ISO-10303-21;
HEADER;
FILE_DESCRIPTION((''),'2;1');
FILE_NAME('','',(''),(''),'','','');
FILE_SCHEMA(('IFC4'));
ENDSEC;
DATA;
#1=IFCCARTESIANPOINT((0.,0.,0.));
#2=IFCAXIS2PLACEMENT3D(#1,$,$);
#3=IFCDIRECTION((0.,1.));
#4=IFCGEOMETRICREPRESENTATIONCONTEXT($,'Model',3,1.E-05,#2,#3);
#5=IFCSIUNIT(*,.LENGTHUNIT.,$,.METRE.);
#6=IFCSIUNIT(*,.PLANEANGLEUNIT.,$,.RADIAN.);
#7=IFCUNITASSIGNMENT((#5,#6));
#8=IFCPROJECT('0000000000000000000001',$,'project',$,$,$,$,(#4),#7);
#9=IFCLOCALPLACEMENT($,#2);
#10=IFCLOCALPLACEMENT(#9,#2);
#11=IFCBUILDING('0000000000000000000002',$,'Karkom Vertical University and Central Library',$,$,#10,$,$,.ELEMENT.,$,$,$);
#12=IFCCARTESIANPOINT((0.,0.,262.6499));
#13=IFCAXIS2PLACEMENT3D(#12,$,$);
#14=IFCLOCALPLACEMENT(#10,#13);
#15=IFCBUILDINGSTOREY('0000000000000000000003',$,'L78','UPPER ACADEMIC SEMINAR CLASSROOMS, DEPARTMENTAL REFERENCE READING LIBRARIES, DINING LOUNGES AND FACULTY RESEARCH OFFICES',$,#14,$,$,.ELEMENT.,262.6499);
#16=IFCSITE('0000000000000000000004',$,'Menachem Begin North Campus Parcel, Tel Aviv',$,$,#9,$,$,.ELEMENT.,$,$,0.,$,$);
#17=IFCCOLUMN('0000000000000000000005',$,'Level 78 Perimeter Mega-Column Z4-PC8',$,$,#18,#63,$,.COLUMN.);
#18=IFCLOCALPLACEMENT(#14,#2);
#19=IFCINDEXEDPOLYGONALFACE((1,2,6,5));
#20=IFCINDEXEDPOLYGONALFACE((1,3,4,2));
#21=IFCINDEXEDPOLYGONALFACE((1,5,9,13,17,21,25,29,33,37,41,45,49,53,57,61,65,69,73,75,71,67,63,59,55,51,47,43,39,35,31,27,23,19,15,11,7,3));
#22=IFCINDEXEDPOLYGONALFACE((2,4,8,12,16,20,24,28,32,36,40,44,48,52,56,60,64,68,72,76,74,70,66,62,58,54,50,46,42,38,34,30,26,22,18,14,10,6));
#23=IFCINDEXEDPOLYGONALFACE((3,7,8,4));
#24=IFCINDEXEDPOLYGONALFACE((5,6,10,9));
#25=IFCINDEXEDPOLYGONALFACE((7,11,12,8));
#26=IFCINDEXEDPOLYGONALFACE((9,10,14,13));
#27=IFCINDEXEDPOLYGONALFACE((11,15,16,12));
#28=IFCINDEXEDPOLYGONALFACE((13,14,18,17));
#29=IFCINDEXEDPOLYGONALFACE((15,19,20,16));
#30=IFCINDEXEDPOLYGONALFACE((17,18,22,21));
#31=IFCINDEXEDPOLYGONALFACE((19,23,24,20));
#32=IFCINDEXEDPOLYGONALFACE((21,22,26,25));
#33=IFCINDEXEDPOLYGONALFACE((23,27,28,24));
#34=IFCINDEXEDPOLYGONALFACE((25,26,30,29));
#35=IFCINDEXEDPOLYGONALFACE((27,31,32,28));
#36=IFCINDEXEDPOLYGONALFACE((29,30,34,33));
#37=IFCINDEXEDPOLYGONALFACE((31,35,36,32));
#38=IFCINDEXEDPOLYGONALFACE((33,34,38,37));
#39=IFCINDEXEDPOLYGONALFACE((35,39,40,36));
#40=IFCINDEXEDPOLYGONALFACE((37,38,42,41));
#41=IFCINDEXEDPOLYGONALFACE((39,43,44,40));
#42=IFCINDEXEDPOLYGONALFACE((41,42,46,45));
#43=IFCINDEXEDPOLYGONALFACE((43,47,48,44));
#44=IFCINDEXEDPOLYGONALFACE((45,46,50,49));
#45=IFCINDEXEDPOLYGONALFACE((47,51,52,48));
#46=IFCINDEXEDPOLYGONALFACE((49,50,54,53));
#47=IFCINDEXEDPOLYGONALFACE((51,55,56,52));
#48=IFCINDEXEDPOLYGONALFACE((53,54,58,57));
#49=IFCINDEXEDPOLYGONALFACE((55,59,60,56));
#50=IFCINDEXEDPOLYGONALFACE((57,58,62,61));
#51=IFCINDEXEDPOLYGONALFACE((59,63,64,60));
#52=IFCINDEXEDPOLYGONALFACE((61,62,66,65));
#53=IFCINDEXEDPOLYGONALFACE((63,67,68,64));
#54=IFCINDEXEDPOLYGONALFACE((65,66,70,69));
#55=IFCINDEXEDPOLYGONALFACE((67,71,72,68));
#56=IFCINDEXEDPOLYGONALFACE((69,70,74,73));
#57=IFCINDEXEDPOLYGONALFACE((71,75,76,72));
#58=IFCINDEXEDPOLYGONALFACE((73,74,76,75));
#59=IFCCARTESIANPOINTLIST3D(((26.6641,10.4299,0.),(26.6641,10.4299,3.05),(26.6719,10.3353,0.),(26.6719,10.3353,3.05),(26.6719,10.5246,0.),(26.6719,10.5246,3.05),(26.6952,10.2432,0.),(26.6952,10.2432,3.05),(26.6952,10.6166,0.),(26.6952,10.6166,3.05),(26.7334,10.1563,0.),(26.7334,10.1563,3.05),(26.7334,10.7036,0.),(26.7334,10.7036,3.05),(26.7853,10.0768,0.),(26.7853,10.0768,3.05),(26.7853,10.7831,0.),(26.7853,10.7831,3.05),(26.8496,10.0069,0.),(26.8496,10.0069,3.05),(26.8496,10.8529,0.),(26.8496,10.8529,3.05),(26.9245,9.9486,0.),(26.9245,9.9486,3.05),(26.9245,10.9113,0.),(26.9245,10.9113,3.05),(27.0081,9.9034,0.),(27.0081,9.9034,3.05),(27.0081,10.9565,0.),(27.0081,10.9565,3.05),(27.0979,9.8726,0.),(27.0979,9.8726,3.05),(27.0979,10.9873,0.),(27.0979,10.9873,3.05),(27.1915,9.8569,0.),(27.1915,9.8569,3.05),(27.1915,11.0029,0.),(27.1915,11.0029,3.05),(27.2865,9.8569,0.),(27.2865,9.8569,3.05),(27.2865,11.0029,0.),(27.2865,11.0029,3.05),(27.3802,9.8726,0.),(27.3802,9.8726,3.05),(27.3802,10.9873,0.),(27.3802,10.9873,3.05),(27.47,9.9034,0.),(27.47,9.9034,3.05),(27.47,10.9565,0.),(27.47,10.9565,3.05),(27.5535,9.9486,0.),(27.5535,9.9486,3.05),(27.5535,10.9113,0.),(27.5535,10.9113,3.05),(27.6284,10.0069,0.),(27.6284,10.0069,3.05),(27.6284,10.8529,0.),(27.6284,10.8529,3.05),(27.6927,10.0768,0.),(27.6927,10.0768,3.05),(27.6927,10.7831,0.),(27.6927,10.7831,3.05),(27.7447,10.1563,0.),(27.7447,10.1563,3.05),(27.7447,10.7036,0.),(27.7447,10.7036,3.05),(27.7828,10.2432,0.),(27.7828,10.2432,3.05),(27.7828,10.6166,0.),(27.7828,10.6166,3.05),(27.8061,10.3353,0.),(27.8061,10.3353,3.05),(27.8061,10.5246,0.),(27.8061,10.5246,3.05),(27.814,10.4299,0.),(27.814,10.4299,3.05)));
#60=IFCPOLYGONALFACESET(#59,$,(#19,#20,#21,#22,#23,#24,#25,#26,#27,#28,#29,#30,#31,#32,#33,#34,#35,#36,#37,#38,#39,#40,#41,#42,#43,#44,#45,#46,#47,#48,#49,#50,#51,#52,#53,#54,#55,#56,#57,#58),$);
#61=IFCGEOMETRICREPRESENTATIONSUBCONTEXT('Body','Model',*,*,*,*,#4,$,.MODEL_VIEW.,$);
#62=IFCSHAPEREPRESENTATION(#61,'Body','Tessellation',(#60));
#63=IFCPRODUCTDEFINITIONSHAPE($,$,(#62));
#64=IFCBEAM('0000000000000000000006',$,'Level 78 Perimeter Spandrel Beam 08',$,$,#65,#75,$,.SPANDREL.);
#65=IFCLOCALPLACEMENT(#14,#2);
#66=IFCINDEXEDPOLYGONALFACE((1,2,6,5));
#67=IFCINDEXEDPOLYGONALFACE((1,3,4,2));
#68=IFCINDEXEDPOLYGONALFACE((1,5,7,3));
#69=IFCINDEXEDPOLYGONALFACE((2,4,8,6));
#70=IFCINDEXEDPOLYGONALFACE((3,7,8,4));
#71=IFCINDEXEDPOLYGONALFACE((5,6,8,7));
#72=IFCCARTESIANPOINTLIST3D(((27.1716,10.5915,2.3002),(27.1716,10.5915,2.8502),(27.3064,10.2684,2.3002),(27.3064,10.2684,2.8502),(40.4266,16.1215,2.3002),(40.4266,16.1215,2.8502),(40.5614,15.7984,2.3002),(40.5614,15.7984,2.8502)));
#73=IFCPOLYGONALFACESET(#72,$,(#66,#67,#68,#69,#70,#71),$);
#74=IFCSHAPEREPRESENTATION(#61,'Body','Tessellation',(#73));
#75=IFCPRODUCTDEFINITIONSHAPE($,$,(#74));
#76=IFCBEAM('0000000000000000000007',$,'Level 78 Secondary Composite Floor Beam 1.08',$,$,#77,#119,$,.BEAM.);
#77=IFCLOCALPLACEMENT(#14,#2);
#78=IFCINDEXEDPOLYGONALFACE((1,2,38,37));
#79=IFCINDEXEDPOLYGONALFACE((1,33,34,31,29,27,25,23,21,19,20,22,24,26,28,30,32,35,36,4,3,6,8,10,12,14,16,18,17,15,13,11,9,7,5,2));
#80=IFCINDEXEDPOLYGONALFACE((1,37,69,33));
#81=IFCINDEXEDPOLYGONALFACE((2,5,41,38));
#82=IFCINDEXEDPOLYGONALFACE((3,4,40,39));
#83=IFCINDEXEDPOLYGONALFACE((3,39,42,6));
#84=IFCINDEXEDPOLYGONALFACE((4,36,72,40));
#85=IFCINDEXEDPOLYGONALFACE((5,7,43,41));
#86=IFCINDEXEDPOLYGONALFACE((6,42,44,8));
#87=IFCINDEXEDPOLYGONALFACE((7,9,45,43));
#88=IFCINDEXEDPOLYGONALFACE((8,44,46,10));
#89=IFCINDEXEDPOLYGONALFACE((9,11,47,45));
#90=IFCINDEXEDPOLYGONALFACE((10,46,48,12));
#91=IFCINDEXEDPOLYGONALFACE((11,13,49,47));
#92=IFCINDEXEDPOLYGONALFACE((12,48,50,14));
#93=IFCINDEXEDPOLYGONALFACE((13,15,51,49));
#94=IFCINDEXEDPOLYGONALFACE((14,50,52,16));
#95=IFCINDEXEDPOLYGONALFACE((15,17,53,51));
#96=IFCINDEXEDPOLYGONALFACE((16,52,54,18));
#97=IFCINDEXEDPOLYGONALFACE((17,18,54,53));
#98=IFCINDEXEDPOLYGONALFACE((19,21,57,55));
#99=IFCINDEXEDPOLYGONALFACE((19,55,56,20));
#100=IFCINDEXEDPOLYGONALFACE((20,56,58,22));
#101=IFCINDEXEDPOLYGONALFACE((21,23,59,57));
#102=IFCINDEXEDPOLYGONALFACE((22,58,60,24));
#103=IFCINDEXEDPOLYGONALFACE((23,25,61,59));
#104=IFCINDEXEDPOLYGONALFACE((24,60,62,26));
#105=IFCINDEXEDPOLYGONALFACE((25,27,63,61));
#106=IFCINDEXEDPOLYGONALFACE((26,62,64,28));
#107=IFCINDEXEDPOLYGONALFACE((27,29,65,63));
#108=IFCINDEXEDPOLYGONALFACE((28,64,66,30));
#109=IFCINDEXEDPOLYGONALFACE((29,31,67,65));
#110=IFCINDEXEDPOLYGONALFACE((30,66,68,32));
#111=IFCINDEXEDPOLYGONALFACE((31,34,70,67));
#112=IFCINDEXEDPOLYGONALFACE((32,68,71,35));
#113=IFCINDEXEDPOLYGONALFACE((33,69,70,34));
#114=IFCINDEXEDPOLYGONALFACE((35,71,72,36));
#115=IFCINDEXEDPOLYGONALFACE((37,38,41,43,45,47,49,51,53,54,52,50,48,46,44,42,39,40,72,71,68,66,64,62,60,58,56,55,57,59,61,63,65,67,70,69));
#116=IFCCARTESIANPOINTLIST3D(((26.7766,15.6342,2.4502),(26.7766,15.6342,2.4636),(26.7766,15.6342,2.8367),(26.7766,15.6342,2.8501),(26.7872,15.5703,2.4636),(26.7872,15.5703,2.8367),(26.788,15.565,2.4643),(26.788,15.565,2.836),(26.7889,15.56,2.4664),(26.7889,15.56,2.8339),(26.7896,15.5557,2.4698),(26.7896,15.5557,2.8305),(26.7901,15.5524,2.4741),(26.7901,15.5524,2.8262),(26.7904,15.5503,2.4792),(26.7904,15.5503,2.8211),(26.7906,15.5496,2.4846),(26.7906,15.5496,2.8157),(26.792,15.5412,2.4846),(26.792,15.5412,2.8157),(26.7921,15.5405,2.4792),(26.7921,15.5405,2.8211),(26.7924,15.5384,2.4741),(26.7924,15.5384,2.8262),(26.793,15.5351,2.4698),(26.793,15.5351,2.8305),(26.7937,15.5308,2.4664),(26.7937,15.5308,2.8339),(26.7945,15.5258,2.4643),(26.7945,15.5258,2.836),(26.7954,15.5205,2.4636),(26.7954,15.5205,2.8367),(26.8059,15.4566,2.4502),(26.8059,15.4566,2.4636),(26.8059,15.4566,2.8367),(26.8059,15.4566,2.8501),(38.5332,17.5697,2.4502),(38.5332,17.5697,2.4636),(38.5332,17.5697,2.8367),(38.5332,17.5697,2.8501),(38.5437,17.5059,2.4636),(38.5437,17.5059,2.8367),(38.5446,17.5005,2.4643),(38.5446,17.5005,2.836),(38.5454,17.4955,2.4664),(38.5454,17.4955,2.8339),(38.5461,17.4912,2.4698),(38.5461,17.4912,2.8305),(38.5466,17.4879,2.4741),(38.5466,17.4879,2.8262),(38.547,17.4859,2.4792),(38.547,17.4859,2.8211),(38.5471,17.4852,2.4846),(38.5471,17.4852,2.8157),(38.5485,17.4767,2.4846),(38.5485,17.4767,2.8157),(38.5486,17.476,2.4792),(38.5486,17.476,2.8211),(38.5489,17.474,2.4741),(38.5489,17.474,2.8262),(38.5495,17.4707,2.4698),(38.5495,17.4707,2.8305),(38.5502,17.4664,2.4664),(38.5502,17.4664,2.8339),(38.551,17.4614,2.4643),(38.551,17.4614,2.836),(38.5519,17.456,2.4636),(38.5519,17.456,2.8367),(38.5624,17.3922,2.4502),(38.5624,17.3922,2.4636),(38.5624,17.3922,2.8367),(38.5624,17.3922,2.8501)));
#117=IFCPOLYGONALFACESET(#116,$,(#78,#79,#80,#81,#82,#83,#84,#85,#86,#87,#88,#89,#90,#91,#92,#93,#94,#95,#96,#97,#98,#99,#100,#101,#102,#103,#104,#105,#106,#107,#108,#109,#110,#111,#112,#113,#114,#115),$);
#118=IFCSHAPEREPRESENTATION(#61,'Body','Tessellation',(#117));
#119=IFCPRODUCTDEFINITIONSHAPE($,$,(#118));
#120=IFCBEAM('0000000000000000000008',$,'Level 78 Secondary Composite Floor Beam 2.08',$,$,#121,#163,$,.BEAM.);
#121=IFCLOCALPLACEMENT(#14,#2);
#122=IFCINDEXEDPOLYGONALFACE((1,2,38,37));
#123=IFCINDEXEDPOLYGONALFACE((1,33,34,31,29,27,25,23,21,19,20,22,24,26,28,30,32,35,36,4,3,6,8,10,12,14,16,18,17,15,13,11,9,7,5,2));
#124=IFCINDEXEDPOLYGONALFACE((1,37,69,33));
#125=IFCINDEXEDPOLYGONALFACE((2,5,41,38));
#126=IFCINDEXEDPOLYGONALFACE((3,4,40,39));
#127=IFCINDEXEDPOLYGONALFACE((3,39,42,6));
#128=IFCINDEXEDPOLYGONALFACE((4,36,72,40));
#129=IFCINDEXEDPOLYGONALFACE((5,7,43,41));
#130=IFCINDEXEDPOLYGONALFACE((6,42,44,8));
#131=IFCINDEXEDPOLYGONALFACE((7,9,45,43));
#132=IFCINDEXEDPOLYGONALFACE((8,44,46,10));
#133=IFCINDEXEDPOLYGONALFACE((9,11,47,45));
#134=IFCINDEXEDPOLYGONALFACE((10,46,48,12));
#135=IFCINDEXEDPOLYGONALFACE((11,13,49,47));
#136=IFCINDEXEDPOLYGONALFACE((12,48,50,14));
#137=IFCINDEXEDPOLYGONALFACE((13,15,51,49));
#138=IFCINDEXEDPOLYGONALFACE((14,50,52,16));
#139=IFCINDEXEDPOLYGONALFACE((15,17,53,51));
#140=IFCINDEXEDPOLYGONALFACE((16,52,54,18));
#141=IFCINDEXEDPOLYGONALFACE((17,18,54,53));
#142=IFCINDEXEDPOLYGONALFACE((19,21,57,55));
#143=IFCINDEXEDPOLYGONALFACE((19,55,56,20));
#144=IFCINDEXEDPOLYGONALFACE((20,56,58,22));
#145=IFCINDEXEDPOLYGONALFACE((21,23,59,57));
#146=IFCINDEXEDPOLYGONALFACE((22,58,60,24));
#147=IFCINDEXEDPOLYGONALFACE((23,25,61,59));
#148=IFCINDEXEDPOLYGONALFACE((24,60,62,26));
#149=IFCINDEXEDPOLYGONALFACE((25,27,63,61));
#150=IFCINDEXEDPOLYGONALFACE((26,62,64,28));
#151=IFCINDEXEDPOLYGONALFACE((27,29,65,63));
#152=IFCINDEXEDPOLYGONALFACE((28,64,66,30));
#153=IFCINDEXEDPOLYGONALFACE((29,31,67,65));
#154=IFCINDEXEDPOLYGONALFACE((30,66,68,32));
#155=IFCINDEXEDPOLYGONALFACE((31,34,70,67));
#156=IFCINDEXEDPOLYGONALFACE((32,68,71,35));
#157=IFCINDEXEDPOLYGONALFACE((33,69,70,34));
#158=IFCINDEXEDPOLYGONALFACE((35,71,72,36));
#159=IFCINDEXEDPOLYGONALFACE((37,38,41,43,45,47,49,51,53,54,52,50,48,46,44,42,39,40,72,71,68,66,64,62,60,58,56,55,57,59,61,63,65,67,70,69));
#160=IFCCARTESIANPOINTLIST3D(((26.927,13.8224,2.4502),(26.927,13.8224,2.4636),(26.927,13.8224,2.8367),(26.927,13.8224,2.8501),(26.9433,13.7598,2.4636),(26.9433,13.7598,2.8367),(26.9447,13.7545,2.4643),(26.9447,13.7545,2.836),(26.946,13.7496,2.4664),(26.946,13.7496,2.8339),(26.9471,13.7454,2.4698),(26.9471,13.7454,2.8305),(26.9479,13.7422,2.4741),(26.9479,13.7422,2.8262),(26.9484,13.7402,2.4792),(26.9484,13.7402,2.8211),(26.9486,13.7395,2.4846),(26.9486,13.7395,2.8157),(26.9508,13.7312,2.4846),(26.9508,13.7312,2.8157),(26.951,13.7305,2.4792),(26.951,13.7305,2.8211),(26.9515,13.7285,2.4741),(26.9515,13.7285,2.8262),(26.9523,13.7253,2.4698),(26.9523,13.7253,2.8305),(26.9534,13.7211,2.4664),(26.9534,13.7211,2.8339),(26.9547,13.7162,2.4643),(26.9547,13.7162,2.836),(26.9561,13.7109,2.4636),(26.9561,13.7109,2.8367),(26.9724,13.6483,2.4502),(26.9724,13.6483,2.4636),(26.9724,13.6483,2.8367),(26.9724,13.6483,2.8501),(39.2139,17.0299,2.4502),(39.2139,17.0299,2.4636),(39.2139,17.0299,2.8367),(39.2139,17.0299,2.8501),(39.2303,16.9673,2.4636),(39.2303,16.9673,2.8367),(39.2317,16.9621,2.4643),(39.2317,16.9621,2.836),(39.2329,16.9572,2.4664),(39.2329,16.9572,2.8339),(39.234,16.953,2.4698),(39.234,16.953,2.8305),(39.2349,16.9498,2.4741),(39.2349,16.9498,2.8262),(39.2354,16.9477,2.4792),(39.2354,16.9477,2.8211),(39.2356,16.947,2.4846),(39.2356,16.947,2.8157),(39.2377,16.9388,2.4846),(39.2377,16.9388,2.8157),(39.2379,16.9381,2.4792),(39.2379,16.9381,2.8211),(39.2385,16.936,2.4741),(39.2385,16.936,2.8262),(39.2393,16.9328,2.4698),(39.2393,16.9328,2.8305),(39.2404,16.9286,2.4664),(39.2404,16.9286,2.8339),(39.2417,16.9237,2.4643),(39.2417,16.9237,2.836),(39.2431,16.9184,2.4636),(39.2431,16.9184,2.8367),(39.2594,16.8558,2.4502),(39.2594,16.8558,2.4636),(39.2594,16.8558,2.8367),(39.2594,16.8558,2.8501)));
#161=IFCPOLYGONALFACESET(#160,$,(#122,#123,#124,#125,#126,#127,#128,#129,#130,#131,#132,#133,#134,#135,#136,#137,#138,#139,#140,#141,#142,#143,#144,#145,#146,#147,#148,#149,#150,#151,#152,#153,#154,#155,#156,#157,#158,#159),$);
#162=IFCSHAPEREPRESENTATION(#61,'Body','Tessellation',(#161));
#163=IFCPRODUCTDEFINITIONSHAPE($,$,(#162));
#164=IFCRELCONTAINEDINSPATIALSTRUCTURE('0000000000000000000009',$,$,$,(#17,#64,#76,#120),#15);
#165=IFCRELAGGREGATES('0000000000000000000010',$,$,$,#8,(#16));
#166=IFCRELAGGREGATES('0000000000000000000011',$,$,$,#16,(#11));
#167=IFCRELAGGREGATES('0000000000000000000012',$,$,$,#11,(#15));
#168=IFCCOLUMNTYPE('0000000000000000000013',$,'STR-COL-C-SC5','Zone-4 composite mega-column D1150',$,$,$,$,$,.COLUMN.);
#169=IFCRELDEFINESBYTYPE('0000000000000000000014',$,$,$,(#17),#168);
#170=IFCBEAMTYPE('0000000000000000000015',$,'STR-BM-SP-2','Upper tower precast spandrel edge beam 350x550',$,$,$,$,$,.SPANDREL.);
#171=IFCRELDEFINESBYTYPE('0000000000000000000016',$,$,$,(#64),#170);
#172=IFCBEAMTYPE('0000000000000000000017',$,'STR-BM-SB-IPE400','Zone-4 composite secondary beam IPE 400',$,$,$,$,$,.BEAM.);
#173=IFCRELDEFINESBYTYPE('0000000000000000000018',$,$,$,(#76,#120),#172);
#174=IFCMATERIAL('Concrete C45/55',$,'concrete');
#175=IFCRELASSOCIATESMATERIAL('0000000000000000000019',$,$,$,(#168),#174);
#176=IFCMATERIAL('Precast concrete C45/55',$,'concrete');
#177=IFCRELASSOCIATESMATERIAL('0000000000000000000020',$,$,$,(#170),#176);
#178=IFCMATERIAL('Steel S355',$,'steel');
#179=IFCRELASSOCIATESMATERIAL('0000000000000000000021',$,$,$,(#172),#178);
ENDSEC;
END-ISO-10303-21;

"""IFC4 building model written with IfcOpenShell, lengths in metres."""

from ifc_helpers import new_model, si_unit, direction, frame, origin, origin_with_axes, origin_2d, place, context, subcontext, project, spatial, rectangle, circle, i_section, extrude, source, transform, mapped, material, material_profile, profile_set, type_object, element, save


model = new_model("IFC4")

# Units and contexts
model_context = context("Model", 3, precision=1e-05, world=origin(), true_north=direction((0.0, 1.0)))
body_context = subcontext(model_context, "Body", "Model", "MODEL_VIEW")
ifc_project = project(units=[si_unit("LENGTHUNIT", "METRE"), si_unit("PLANEANGLEUNIT", "RADIAN")], contexts=[model_context])

# Site, building, storey
site_placement = place(None, origin())
site = spatial("IfcSite", under=ifc_project, at=site_placement, Name="Menachem Begin North Campus Parcel, Tel Aviv", CompositionType="ELEMENT", RefElevation=0.0)
building_placement = place(site_placement, origin())
building = spatial("IfcBuilding", under=site, at=building_placement, Name="Karkom Vertical University and Central Library", CompositionType="ELEMENT")
storey_placement = place(building_placement, frame((0.0, 0.0, 262.6499)))
storey = spatial("IfcBuildingStorey", under=building, at=storey_placement, Name="L78", Description="UPPER ACADEMIC SEMINAR CLASSROOMS, DEPARTMENTAL REFERENCE READING LIBRARIES, DINING LOUNGES AND FACULTY RESEARCH OFFICES", CompositionType="ELEMENT", Elevation=262.6499)

# Column
ifc_material_1 = material(Name="Concrete C45/55", Category="concrete")
ifc_material_profile_1 = material_profile(ifc_material_1, circle(Radius=0.575, at=origin_2d()), Name="CFT-D1150")
ifc_profile_set_1 = profile_set([ifc_material_profile_1], Name="Concrete C45/55")
column_type = type_object("IfcColumnType", Name="STR-COL-C-SC5", Description="Zone-4 composite mega-column D1150", PredefinedType="COLUMN", material=ifc_profile_set_1)
shared_shape_1 = source(origin_with_axes(), body_context, "Body", "SweptSolid", [
    extrude(circle(Radius=0.575, at=origin_2d()), origin(), (0.0, 0.0, 1.0), 3.05),
])
column_placement = place(storey_placement, frame((27.239, 10.4299, 0.0), z_axis=(0.0, 0.0, 1.0), x_axis=(1.0, 0.0, 0.0)))
element("IfcColumn", 1, at=column_placement, inside=storey, type_object=column_type, Name="Level 78 Perimeter Mega-Column Z4-PC8", PredefinedType="COLUMN", context=body_context, shape_type="MappedRepresentation", body=[
    mapped(shared_shape_1, transform((0.0, 0.0, 0.0), scale=1.0)),
])

# Beams
ifc_material_2 = material(Name="Precast concrete C45/55", Category="concrete")
ifc_material_profile_2 = material_profile(ifc_material_2, rectangle(XDim=0.3501, YDim=0.55, at=origin_2d()), Name="SPB-350x550")
ifc_profile_set_2 = profile_set([ifc_material_profile_2], Name="Precast concrete C45/55")
beam_type_1 = type_object("IfcBeamType", Name="STR-BM-SP-2", Description="Upper tower precast spandrel edge beam 350x550", PredefinedType="SPANDREL", material=ifc_profile_set_2)
shared_shape_2 = source(origin_with_axes(), body_context, "Body", "SweptSolid", [
    extrude(rectangle(XDim=0.3501, YDim=0.55, at=origin_2d()), origin(), (0.0, 0.0, 1.0), 14.3623),
])
beam_1_placement = place(storey_placement, frame((27.239, 10.4299, 2.5752), z_axis=(0.9229, 0.38504, 0.0), x_axis=(-0.38504, 0.9229, 0.0)))
element("IfcBeam", 2, at=beam_1_placement, inside=storey, type_object=beam_type_1, Name="Level 78 Perimeter Spandrel Beam 08", PredefinedType="SPANDREL", context=body_context, shape_type="MappedRepresentation", body=[
    mapped(shared_shape_2, transform((0.0, 0.0, 0.0), scale=1.0)),
])
ifc_material_3 = material(Name="Steel S355", Category="steel")
ifc_material_profile_3 = material_profile(ifc_material_3, i_section(OverallWidth=0.1799, OverallDepth=0.3999, WebThickness=0.0085, FlangeThickness=0.0134, FilletRadius=0.021, at=origin_2d()), Name="IPE 400")
ifc_profile_set_3 = profile_set([ifc_material_profile_3], Name="Steel S355")
beam_type_2 = type_object("IfcBeamType", Name="STR-BM-SB-IPE400", Description="Zone-4 composite secondary beam IPE 400", PredefinedType="BEAM", material=ifc_profile_set_3)
shared_shape_3 = source(origin_with_axes(), body_context, "Body", "SweptSolid", [
    extrude(i_section(OverallWidth=0.1799, OverallDepth=0.3999, WebThickness=0.0085, FlangeThickness=0.0134, FilletRadius=0.021, at=origin_2d()), origin(), (0.0, 0.0, 1.0), 11.9148),
])
beam_2_placement = place(storey_placement, frame((26.7913, 15.5454, 2.6501), z_axis=(0.986717, 0.162448, 0.0), x_axis=(-0.162448, 0.986717, 0.0)))
element("IfcBeam", 3, at=beam_2_placement, inside=storey, type_object=beam_type_2, Name="Level 78 Secondary Composite Floor Beam 1.08", PredefinedType="BEAM", context=body_context, shape_type="MappedRepresentation", body=[
    mapped(shared_shape_3, transform((0.0, 0.0, 0.0), scale=1.0)),
])
shared_shape_4 = source(origin_with_axes(), body_context, "Body", "SweptSolid", [
    extrude(i_section(OverallWidth=0.1799, OverallDepth=0.3999, WebThickness=0.0085, FlangeThickness=0.0134, FilletRadius=0.021, at=origin_2d()), origin(), (0.0, 0.0, 1.0), 12.6987),
])
beam_3_placement = place(storey_placement, frame((26.9497, 13.7354, 2.6501), z_axis=(0.967574, 0.252588, 0.0), x_axis=(-0.252588, 0.967574, 0.0)))
element("IfcBeam", 4, at=beam_3_placement, inside=storey, type_object=beam_type_2, Name="Level 78 Secondary Composite Floor Beam 2.08", PredefinedType="BEAM", context=body_context, shape_type="MappedRepresentation", body=[
    mapped(shared_shape_4, transform((0.0, 0.0, 0.0), scale=1.0)),
])

save(model, "model.ifc")
